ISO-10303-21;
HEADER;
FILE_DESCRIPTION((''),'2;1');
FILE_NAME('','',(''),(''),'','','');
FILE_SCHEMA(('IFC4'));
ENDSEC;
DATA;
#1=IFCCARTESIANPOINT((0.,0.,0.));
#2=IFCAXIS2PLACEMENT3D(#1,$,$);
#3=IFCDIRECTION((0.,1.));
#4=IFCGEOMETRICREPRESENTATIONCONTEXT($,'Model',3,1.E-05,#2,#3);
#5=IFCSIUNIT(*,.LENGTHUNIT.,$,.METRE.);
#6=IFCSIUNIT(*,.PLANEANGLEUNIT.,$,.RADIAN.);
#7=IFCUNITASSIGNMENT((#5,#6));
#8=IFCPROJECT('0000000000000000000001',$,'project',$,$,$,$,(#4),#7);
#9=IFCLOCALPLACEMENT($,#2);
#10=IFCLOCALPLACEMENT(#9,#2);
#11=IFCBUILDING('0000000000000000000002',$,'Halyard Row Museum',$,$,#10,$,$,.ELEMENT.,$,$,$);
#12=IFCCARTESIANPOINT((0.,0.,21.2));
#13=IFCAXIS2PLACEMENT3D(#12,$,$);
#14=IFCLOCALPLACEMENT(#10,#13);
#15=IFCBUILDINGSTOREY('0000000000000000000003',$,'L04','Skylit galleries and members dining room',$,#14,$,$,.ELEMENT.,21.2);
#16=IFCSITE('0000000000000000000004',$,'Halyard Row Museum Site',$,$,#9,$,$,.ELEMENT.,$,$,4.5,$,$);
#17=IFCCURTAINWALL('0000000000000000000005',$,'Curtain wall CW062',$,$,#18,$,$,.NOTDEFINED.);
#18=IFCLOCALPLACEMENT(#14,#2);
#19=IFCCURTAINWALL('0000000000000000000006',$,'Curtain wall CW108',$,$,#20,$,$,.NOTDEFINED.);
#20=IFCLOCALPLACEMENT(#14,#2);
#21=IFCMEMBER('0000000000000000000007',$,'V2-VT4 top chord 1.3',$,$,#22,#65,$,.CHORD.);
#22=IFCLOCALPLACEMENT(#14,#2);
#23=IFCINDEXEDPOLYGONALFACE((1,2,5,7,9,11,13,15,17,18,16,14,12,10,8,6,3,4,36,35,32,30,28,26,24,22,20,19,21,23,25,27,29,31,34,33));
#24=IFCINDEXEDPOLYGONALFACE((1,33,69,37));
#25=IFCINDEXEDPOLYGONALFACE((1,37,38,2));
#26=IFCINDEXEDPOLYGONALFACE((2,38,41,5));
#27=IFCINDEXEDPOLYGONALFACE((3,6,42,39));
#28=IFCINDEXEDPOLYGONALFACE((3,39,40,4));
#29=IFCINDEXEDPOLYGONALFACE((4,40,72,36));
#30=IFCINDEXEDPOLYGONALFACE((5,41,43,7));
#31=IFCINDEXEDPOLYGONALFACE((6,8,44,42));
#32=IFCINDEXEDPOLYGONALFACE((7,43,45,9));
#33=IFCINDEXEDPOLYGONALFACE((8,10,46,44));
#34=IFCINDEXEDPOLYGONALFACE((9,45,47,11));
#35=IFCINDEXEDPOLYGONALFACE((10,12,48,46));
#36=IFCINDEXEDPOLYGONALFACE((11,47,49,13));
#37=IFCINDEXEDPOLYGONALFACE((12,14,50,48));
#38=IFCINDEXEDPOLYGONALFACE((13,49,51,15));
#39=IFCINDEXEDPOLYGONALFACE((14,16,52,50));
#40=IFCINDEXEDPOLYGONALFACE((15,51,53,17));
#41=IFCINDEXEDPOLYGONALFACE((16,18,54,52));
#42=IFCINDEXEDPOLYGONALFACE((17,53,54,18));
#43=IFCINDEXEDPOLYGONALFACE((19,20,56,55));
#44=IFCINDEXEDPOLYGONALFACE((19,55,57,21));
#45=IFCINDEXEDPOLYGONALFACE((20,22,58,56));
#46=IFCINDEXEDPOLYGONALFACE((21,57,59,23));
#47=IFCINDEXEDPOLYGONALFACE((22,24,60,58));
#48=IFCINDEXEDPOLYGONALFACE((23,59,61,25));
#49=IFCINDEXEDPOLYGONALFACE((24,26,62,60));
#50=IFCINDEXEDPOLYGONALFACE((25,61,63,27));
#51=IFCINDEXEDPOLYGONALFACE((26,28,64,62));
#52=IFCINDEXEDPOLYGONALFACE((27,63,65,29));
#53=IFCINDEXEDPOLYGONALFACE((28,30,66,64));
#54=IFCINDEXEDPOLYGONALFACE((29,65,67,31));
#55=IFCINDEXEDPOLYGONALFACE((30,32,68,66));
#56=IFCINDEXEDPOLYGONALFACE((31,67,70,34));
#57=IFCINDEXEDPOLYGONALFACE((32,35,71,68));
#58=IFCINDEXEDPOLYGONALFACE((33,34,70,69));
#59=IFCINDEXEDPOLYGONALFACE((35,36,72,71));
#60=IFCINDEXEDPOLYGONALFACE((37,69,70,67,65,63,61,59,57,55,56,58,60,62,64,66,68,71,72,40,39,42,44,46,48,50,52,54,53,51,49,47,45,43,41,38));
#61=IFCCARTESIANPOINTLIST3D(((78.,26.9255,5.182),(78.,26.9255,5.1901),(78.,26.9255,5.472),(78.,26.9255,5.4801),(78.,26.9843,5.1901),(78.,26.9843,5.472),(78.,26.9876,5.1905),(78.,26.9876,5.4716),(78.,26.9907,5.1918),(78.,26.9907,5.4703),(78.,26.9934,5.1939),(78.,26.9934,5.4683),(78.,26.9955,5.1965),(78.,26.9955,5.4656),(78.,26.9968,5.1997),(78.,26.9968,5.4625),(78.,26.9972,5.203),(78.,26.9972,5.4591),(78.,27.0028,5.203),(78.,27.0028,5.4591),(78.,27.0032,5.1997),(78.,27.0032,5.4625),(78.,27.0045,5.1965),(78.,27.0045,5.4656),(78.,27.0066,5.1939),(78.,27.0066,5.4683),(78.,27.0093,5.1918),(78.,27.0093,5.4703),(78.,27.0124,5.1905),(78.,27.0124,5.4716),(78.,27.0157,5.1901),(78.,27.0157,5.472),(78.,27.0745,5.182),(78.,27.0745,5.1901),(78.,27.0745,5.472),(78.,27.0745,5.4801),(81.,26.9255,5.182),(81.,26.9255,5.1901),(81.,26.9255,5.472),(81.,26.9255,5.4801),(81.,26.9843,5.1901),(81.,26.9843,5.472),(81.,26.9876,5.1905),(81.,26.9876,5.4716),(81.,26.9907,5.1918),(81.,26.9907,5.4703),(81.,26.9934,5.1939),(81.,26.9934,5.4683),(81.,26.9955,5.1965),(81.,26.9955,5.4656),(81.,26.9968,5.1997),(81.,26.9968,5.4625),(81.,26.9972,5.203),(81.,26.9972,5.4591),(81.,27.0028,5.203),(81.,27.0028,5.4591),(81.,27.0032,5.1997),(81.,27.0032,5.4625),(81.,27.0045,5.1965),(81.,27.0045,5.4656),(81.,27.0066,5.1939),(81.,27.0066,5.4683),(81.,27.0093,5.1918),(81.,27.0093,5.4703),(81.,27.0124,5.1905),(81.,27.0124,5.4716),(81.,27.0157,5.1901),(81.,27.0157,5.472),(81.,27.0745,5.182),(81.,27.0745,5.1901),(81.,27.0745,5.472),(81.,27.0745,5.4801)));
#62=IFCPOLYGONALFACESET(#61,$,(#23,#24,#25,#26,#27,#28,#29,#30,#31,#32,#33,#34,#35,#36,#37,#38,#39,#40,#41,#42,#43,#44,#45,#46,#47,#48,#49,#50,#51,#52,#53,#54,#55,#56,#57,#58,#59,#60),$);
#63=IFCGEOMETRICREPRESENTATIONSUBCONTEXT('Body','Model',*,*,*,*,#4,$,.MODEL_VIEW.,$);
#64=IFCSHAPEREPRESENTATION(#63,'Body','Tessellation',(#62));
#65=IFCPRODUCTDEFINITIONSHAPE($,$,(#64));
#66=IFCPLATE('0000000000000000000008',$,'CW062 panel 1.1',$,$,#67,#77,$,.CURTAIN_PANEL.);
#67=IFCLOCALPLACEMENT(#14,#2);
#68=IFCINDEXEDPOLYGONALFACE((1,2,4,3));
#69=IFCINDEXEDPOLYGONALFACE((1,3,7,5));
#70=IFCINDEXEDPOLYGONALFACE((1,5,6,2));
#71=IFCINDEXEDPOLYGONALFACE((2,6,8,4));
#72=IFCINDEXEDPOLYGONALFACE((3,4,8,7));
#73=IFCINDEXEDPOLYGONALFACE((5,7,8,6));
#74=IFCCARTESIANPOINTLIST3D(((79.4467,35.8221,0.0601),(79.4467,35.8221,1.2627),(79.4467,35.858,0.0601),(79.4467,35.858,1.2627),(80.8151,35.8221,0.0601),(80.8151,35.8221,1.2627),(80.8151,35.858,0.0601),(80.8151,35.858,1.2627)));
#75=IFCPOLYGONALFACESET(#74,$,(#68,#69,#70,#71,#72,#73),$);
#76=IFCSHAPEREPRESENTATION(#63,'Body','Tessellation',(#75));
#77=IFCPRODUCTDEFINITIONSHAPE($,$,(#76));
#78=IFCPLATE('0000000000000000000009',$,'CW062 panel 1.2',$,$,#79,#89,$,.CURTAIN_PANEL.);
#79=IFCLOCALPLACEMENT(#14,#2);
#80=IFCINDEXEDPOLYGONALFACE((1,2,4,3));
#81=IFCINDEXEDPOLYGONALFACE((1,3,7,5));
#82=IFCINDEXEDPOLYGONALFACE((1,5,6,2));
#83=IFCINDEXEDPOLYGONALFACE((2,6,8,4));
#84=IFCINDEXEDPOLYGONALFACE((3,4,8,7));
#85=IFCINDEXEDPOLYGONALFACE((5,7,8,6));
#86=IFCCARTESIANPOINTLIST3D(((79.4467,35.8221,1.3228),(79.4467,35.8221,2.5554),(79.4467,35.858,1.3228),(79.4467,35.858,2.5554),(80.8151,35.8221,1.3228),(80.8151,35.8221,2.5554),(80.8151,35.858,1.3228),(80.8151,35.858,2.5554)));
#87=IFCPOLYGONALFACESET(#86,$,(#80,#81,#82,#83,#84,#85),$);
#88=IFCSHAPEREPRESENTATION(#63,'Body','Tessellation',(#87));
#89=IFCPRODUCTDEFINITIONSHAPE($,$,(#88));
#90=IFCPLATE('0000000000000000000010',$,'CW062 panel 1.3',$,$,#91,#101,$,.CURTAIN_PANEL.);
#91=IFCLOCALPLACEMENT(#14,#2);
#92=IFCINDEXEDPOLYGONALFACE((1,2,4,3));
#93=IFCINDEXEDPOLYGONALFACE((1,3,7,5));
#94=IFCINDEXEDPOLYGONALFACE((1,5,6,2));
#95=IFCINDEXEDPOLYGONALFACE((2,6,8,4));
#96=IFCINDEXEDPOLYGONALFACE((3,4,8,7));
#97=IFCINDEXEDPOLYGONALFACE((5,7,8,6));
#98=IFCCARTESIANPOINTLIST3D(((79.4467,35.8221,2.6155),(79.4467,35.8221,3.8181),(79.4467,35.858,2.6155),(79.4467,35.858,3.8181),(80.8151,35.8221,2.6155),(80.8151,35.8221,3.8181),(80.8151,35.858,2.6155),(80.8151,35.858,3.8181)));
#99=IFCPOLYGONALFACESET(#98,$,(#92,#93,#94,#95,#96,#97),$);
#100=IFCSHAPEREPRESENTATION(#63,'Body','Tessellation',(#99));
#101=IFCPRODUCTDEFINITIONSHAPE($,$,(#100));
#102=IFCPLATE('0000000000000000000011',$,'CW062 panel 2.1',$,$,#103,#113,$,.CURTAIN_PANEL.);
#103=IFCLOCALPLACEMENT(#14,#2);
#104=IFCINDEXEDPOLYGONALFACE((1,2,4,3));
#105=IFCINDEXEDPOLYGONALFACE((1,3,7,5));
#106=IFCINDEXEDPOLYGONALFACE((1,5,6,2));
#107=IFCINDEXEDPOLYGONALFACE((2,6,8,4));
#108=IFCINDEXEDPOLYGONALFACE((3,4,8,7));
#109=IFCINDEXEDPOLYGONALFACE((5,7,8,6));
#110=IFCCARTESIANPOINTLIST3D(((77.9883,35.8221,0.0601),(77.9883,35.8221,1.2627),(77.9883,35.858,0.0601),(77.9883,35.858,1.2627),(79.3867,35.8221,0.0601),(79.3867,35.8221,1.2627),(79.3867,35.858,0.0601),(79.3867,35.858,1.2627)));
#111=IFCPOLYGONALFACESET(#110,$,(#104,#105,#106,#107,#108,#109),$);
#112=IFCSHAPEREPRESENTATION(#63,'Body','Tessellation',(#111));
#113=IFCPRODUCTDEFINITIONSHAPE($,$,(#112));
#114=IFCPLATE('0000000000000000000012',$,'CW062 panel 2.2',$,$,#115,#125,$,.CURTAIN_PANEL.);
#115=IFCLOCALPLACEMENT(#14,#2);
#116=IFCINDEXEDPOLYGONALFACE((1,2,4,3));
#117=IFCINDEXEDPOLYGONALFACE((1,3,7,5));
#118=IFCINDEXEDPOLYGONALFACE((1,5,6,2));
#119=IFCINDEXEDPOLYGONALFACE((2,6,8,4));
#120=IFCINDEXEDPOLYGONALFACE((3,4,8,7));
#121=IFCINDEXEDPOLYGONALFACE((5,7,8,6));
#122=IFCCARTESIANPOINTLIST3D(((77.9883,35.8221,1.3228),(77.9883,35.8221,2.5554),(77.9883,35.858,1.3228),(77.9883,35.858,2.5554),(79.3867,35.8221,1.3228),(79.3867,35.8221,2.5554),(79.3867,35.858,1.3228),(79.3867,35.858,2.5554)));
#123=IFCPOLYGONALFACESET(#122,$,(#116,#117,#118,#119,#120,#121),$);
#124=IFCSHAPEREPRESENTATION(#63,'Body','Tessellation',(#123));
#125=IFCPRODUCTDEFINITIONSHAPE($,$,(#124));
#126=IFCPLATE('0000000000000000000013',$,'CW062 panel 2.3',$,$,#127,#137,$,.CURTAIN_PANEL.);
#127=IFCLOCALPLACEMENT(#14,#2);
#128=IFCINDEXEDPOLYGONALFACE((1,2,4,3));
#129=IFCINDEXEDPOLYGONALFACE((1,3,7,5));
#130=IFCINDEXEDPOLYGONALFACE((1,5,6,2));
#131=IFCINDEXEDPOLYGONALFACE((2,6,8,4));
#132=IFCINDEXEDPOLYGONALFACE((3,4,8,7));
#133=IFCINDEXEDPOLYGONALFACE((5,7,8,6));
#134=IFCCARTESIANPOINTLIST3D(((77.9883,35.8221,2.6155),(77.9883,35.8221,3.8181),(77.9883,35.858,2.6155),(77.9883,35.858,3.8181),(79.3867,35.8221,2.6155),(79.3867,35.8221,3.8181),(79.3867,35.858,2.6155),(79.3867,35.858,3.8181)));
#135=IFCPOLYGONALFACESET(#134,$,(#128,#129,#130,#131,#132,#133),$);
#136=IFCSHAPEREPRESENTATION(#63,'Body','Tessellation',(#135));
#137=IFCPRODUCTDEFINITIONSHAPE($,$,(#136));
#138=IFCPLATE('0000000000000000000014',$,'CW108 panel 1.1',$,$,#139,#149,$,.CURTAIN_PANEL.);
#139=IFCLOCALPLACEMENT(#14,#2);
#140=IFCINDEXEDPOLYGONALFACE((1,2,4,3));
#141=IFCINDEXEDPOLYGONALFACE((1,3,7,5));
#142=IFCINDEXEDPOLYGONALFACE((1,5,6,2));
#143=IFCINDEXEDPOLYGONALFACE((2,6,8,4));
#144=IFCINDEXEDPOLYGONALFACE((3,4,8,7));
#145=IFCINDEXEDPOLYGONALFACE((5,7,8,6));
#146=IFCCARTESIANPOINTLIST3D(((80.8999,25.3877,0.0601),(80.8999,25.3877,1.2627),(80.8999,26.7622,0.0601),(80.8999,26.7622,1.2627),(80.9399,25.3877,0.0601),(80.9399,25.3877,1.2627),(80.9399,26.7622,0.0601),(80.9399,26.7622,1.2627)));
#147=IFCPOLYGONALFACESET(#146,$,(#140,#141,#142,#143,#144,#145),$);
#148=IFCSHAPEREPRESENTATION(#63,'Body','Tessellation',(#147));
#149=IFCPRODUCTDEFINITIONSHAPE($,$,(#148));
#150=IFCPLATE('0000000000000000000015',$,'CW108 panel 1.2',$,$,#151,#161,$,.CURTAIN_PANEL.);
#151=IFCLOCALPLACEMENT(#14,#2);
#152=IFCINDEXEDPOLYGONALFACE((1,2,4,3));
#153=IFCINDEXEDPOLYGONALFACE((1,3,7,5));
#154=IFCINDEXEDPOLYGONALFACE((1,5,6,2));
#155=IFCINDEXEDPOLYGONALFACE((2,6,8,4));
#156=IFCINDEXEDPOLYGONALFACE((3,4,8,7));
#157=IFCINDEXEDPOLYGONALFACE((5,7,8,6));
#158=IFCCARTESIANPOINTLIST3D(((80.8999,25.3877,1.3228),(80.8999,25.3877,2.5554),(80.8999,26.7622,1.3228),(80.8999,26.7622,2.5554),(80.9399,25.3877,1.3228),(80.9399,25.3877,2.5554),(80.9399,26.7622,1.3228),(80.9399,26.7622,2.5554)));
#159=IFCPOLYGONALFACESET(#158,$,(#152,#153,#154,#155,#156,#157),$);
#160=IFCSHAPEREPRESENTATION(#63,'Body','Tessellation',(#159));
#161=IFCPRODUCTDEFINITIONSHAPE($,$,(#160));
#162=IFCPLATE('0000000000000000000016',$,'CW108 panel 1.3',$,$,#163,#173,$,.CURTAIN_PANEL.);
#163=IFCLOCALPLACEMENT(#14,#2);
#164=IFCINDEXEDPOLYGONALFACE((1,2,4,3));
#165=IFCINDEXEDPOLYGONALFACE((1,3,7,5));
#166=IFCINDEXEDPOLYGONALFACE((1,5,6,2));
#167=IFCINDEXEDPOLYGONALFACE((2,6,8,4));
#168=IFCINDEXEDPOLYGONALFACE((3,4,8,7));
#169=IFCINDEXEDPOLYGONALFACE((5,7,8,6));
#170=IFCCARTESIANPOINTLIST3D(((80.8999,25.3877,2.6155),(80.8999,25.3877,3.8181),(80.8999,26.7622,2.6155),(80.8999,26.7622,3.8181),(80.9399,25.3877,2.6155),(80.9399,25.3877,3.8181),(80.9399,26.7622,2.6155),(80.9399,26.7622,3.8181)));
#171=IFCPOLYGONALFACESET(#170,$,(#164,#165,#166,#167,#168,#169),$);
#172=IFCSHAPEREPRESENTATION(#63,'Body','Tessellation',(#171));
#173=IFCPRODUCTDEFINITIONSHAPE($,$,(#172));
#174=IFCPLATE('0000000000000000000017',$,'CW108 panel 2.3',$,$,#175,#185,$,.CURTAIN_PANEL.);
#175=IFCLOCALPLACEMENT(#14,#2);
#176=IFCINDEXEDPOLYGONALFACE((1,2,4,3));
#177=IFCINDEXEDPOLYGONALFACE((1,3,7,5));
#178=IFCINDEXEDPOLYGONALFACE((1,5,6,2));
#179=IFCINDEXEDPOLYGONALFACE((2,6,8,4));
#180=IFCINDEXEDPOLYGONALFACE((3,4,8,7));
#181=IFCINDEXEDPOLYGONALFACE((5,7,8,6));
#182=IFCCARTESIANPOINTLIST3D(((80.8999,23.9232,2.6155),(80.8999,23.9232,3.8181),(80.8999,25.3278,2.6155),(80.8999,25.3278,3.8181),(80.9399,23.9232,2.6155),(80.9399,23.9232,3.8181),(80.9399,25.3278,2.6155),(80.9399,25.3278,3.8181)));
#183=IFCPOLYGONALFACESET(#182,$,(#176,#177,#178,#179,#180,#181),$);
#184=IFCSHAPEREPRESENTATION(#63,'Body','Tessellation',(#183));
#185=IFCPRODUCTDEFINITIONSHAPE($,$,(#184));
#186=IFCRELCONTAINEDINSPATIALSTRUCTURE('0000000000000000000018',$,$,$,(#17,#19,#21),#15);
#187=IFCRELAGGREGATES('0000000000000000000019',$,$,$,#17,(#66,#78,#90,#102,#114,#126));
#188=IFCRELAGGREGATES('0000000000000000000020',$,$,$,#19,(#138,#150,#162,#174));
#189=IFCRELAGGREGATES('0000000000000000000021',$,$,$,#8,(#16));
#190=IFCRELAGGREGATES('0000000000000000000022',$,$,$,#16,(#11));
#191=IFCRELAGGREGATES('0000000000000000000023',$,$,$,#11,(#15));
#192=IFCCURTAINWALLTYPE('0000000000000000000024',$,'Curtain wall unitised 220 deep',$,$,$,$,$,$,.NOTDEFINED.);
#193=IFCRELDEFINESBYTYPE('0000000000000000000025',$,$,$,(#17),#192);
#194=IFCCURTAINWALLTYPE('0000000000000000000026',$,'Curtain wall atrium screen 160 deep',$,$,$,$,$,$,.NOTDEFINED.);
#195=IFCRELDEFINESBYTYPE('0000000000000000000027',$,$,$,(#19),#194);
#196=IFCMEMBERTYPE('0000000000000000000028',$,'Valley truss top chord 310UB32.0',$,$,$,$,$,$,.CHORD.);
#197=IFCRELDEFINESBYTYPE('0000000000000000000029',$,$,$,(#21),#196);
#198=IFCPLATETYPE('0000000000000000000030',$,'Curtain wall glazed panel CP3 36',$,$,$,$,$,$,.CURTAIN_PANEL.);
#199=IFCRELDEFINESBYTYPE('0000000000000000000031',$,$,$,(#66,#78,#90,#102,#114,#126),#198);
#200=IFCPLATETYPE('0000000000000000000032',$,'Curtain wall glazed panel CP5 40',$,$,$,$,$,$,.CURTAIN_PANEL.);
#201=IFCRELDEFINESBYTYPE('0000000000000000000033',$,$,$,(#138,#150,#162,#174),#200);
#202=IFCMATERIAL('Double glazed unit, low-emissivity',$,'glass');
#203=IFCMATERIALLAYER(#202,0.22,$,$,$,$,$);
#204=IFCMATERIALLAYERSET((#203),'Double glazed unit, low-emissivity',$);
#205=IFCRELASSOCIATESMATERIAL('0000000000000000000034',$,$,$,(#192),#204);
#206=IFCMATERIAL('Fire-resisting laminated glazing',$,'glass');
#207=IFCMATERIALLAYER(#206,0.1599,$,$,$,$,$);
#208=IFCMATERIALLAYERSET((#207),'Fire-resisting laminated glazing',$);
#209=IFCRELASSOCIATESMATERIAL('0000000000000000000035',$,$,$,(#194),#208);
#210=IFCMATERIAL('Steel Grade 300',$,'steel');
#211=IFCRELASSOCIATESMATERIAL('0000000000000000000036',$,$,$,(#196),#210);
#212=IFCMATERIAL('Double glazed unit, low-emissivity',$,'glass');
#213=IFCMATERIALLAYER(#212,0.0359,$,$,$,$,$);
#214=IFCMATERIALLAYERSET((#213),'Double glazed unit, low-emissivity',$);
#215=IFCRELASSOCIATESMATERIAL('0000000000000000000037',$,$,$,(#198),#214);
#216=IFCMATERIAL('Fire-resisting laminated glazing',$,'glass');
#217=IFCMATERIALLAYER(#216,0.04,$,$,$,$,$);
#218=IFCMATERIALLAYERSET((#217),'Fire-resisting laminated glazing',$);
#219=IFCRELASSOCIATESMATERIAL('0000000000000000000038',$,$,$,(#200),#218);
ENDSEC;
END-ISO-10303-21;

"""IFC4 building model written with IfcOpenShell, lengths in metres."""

from ifc_helpers import new_model, si_unit, direction, frame, origin, origin_2d, place, context, subcontext, project, spatial, rectangle, i_section, extrude, material, layer, layer_set, material_profile, profile_set, type_object, element, aggregate, save


model = new_model("IFC4")

# Units and contexts
model_context = context("Model", 3, precision=1e-05, world=origin(), true_north=direction((0.0, 1.0)))
body_context = subcontext(model_context, "Body", "Model", "MODEL_VIEW")
ifc_project = project(units=[si_unit("LENGTHUNIT", "METRE"), si_unit("PLANEANGLEUNIT", "RADIAN")], contexts=[model_context])

# Site, building, storey
site_placement = place(None, origin())
site = spatial("IfcSite", under=ifc_project, at=site_placement, Name="Halyard Row Museum Site", CompositionType="ELEMENT", RefElevation=4.5)
building_placement = place(site_placement, origin())
building = spatial("IfcBuilding", under=site, at=building_placement, Name="Halyard Row Museum", CompositionType="ELEMENT")
storey_placement = place(building_placement, frame((0.0, 0.0, 21.2)))
storey = spatial("IfcBuildingStorey", under=building, at=storey_placement, Name="L04", Description="Skylit galleries and members dining room", CompositionType="ELEMENT", Elevation=21.2)

# Curtain walls
ifc_material_1 = material(Name="Double glazed unit, low-emissivity", Category="glass")
ifc_layer_1 = layer(ifc_material_1, 0.22)
ifc_layer_set_1 = layer_set([ifc_layer_1], Name="Double glazed unit, low-emissivity")
curtain_wall_type_1 = type_object("IfcCurtainWallType", Name="Curtain wall unitised 220 deep", PredefinedType="NOTDEFINED", material=ifc_layer_set_1)
curtain_wall_1_placement = place(storey_placement, origin())
curtain_wall_1 = element("IfcCurtainWall", 1, at=curtain_wall_1_placement, inside=storey, type_object=curtain_wall_type_1, Name="Curtain wall CW062", PredefinedType="NOTDEFINED")
ifc_material_2 = material(Name="Fire-resisting laminated glazing", Category="glass")
ifc_layer_2 = layer(ifc_material_2, 0.1599)
ifc_layer_set_2 = layer_set([ifc_layer_2], Name="Fire-resisting laminated glazing")
curtain_wall_type_2 = type_object("IfcCurtainWallType", Name="Curtain wall atrium screen 160 deep", PredefinedType="NOTDEFINED", material=ifc_layer_set_2)
curtain_wall_2_placement = place(storey_placement, origin())
curtain_wall_2 = element("IfcCurtainWall", 2, at=curtain_wall_2_placement, inside=storey, type_object=curtain_wall_type_2, Name="Curtain wall CW108", PredefinedType="NOTDEFINED")

# Member
ifc_material_3 = material(Name="Steel Grade 300", Category="steel")
ifc_material_profile_1 = material_profile(ifc_material_3, i_section(OverallWidth=0.1489, OverallDepth=0.2981, WebThickness=0.0056, FlangeThickness=0.0081, FilletRadius=0.0129, at=origin_2d()), Name="310UB32.0")
ifc_profile_set_1 = profile_set([ifc_material_profile_1], Name="Steel Grade 300")
member_type_1 = type_object("IfcMemberType", Name="Valley truss top chord 310UB32.0", PredefinedType="CHORD", material=ifc_profile_set_1)
member_1_placement = place(storey_placement, frame((78.0, 27.0, 5.3311), z_axis=(1.0, 0.0, 0.0), x_axis=(0.0, 1.0, 0.0)))
element("IfcMember", 3, at=member_1_placement, inside=storey, type_object=member_type_1, Name="V2-VT4 top chord 1.3", PredefinedType="CHORD", context=body_context, shape_type="SweptSolid", body=[
    extrude(i_section(OverallWidth=0.1489, OverallDepth=0.2981, WebThickness=0.0056, FlangeThickness=0.0081, FilletRadius=0.0129, at=origin_2d()), origin(), (0.0, 0.0, 1.0), 3.0),
])

# Plates
ifc_material_4 = material(Name="Double glazed unit, low-emissivity", Category="glass")
ifc_layer_3 = layer(ifc_material_4, 0.0359)
ifc_layer_set_3 = layer_set([ifc_layer_3], Name="Double glazed unit, low-emissivity")
plate_type_1 = type_object("IfcPlateType", Name="Curtain wall glazed panel CP3 36", PredefinedType="CURTAIN_PANEL", material=ifc_layer_set_3)
plate_1_placement = place(storey_placement, frame((80.1309, 35.8401, 0.0601), z_axis=(0.0, 0.0, 1.0), x_axis=(-1.0, 0.0, 0.0)))
plate_1 = element("IfcPlate", 4, at=plate_1_placement, type_object=plate_type_1, Name="CW062 panel 1.1", PredefinedType="CURTAIN_PANEL", context=body_context, shape_type="SweptSolid", body=[
    extrude(rectangle(XDim=1.3684, YDim=0.0359, at=origin_2d()), origin(), (0.0, 0.0, 1.0), 1.2026),
])
plate_2_placement = place(storey_placement, frame((80.1309, 35.8401, 1.3228), z_axis=(0.0, 0.0, 1.0), x_axis=(-1.0, 0.0, 0.0)))
plate_2 = element("IfcPlate", 5, at=plate_2_placement, type_object=plate_type_1, Name="CW062 panel 1.2", PredefinedType="CURTAIN_PANEL", context=body_context, shape_type="SweptSolid", body=[
    extrude(rectangle(XDim=1.3684, YDim=0.0359, at=origin_2d()), origin(), (0.0, 0.0, 1.0), 1.2327),
])
plate_3_placement = place(storey_placement, frame((80.1309, 35.8401, 2.6155), z_axis=(0.0, 0.0, 1.0), x_axis=(-1.0, 0.0, 0.0)))
plate_3 = element("IfcPlate", 6, at=plate_3_placement, type_object=plate_type_1, Name="CW062 panel 1.3", PredefinedType="CURTAIN_PANEL", context=body_context, shape_type="SweptSolid", body=[
    extrude(rectangle(XDim=1.3684, YDim=0.0359, at=origin_2d()), origin(), (0.0, 0.0, 1.0), 1.2026),
])
plate_4_placement = place(storey_placement, frame((78.6875, 35.8401, 0.0601), z_axis=(0.0, 0.0, 1.0), x_axis=(-1.0, 0.0, 0.0)))
plate_4 = element("IfcPlate", 7, at=plate_4_placement, type_object=plate_type_1, Name="CW062 panel 2.1", PredefinedType="CURTAIN_PANEL", context=body_context, shape_type="SweptSolid", body=[
    extrude(rectangle(XDim=1.3984, YDim=0.0359, at=origin_2d()), origin(), (0.0, 0.0, 1.0), 1.2026),
])
plate_5_placement = place(storey_placement, frame((78.6875, 35.8401, 1.3228), z_axis=(0.0, 0.0, 1.0), x_axis=(-1.0, 0.0, 0.0)))
plate_5 = element("IfcPlate", 8, at=plate_5_placement, type_object=plate_type_1, Name="CW062 panel 2.2", PredefinedType="CURTAIN_PANEL", context=body_context, shape_type="SweptSolid", body=[
    extrude(rectangle(XDim=1.3984, YDim=0.0359, at=origin_2d()), origin(), (0.0, 0.0, 1.0), 1.2327),
])
plate_6_placement = place(storey_placement, frame((78.6875, 35.8401, 2.6155), z_axis=(0.0, 0.0, 1.0), x_axis=(-1.0, 0.0, 0.0)))
plate_6 = element("IfcPlate", 9, at=plate_6_placement, type_object=plate_type_1, Name="CW062 panel 2.3", PredefinedType="CURTAIN_PANEL", context=body_context, shape_type="SweptSolid", body=[
    extrude(rectangle(XDim=1.3984, YDim=0.0359, at=origin_2d()), origin(), (0.0, 0.0, 1.0), 1.2026),
])
aggregate(curtain_wall_1, [plate_1, plate_2, plate_3, plate_4, plate_5, plate_6])
ifc_material_5 = material(Name="Fire-resisting laminated glazing", Category="glass")
ifc_layer_4 = layer(ifc_material_5, 0.04)
ifc_layer_set_4 = layer_set([ifc_layer_4], Name="Fire-resisting laminated glazing")
plate_type_2 = type_object("IfcPlateType", Name="Curtain wall glazed panel CP5 40", PredefinedType="CURTAIN_PANEL", material=ifc_layer_set_4)
plate_7_placement = place(storey_placement, frame((80.9199, 26.075, 0.0601), z_axis=(0.0, 0.0, 1.0), x_axis=(0.0, -1.0, 0.0)))
plate_7 = element("IfcPlate", 10, at=plate_7_placement, type_object=plate_type_2, Name="CW108 panel 1.1", PredefinedType="CURTAIN_PANEL", context=body_context, shape_type="SweptSolid", body=[
    extrude(rectangle(XDim=1.3745, YDim=0.04, at=origin_2d()), origin(), (0.0, 0.0, 1.0), 1.2026),
])
plate_8_placement = place(storey_placement, frame((80.9199, 26.075, 1.3228), z_axis=(0.0, 0.0, 1.0), x_axis=(0.0, -1.0, 0.0)))
plate_8 = element("IfcPlate", 11, at=plate_8_placement, type_object=plate_type_2, Name="CW108 panel 1.2", PredefinedType="CURTAIN_PANEL", context=body_context, shape_type="SweptSolid", body=[
    extrude(rectangle(XDim=1.3745, YDim=0.04, at=origin_2d()), origin(), (0.0, 0.0, 1.0), 1.2327),
])
plate_9_placement = place(storey_placement, frame((80.9199, 26.075, 2.6155), z_axis=(0.0, 0.0, 1.0), x_axis=(0.0, -1.0, 0.0)))
plate_9 = element("IfcPlate", 12, at=plate_9_placement, type_object=plate_type_2, Name="CW108 panel 1.3", PredefinedType="CURTAIN_PANEL", context=body_context, shape_type="SweptSolid", body=[
    extrude(rectangle(XDim=1.3745, YDim=0.04, at=origin_2d()), origin(), (0.0, 0.0, 1.0), 1.2026),
])
plate_10_placement = place(storey_placement, frame((80.9199, 24.6255, 2.6155), z_axis=(0.0, 0.0, 1.0), x_axis=(0.0, -1.0, 0.0)))
plate_10 = element("IfcPlate", 13, at=plate_10_placement, type_object=plate_type_2, Name="CW108 panel 2.3", PredefinedType="CURTAIN_PANEL", context=body_context, shape_type="SweptSolid", body=[
    extrude(rectangle(XDim=1.4045, YDim=0.04, at=origin_2d()), origin(), (0.0, 0.0, 1.0), 1.2026),
])
aggregate(curtain_wall_2, [plate_7, plate_8, plate_9, plate_10])

save(model, "model.ifc")
